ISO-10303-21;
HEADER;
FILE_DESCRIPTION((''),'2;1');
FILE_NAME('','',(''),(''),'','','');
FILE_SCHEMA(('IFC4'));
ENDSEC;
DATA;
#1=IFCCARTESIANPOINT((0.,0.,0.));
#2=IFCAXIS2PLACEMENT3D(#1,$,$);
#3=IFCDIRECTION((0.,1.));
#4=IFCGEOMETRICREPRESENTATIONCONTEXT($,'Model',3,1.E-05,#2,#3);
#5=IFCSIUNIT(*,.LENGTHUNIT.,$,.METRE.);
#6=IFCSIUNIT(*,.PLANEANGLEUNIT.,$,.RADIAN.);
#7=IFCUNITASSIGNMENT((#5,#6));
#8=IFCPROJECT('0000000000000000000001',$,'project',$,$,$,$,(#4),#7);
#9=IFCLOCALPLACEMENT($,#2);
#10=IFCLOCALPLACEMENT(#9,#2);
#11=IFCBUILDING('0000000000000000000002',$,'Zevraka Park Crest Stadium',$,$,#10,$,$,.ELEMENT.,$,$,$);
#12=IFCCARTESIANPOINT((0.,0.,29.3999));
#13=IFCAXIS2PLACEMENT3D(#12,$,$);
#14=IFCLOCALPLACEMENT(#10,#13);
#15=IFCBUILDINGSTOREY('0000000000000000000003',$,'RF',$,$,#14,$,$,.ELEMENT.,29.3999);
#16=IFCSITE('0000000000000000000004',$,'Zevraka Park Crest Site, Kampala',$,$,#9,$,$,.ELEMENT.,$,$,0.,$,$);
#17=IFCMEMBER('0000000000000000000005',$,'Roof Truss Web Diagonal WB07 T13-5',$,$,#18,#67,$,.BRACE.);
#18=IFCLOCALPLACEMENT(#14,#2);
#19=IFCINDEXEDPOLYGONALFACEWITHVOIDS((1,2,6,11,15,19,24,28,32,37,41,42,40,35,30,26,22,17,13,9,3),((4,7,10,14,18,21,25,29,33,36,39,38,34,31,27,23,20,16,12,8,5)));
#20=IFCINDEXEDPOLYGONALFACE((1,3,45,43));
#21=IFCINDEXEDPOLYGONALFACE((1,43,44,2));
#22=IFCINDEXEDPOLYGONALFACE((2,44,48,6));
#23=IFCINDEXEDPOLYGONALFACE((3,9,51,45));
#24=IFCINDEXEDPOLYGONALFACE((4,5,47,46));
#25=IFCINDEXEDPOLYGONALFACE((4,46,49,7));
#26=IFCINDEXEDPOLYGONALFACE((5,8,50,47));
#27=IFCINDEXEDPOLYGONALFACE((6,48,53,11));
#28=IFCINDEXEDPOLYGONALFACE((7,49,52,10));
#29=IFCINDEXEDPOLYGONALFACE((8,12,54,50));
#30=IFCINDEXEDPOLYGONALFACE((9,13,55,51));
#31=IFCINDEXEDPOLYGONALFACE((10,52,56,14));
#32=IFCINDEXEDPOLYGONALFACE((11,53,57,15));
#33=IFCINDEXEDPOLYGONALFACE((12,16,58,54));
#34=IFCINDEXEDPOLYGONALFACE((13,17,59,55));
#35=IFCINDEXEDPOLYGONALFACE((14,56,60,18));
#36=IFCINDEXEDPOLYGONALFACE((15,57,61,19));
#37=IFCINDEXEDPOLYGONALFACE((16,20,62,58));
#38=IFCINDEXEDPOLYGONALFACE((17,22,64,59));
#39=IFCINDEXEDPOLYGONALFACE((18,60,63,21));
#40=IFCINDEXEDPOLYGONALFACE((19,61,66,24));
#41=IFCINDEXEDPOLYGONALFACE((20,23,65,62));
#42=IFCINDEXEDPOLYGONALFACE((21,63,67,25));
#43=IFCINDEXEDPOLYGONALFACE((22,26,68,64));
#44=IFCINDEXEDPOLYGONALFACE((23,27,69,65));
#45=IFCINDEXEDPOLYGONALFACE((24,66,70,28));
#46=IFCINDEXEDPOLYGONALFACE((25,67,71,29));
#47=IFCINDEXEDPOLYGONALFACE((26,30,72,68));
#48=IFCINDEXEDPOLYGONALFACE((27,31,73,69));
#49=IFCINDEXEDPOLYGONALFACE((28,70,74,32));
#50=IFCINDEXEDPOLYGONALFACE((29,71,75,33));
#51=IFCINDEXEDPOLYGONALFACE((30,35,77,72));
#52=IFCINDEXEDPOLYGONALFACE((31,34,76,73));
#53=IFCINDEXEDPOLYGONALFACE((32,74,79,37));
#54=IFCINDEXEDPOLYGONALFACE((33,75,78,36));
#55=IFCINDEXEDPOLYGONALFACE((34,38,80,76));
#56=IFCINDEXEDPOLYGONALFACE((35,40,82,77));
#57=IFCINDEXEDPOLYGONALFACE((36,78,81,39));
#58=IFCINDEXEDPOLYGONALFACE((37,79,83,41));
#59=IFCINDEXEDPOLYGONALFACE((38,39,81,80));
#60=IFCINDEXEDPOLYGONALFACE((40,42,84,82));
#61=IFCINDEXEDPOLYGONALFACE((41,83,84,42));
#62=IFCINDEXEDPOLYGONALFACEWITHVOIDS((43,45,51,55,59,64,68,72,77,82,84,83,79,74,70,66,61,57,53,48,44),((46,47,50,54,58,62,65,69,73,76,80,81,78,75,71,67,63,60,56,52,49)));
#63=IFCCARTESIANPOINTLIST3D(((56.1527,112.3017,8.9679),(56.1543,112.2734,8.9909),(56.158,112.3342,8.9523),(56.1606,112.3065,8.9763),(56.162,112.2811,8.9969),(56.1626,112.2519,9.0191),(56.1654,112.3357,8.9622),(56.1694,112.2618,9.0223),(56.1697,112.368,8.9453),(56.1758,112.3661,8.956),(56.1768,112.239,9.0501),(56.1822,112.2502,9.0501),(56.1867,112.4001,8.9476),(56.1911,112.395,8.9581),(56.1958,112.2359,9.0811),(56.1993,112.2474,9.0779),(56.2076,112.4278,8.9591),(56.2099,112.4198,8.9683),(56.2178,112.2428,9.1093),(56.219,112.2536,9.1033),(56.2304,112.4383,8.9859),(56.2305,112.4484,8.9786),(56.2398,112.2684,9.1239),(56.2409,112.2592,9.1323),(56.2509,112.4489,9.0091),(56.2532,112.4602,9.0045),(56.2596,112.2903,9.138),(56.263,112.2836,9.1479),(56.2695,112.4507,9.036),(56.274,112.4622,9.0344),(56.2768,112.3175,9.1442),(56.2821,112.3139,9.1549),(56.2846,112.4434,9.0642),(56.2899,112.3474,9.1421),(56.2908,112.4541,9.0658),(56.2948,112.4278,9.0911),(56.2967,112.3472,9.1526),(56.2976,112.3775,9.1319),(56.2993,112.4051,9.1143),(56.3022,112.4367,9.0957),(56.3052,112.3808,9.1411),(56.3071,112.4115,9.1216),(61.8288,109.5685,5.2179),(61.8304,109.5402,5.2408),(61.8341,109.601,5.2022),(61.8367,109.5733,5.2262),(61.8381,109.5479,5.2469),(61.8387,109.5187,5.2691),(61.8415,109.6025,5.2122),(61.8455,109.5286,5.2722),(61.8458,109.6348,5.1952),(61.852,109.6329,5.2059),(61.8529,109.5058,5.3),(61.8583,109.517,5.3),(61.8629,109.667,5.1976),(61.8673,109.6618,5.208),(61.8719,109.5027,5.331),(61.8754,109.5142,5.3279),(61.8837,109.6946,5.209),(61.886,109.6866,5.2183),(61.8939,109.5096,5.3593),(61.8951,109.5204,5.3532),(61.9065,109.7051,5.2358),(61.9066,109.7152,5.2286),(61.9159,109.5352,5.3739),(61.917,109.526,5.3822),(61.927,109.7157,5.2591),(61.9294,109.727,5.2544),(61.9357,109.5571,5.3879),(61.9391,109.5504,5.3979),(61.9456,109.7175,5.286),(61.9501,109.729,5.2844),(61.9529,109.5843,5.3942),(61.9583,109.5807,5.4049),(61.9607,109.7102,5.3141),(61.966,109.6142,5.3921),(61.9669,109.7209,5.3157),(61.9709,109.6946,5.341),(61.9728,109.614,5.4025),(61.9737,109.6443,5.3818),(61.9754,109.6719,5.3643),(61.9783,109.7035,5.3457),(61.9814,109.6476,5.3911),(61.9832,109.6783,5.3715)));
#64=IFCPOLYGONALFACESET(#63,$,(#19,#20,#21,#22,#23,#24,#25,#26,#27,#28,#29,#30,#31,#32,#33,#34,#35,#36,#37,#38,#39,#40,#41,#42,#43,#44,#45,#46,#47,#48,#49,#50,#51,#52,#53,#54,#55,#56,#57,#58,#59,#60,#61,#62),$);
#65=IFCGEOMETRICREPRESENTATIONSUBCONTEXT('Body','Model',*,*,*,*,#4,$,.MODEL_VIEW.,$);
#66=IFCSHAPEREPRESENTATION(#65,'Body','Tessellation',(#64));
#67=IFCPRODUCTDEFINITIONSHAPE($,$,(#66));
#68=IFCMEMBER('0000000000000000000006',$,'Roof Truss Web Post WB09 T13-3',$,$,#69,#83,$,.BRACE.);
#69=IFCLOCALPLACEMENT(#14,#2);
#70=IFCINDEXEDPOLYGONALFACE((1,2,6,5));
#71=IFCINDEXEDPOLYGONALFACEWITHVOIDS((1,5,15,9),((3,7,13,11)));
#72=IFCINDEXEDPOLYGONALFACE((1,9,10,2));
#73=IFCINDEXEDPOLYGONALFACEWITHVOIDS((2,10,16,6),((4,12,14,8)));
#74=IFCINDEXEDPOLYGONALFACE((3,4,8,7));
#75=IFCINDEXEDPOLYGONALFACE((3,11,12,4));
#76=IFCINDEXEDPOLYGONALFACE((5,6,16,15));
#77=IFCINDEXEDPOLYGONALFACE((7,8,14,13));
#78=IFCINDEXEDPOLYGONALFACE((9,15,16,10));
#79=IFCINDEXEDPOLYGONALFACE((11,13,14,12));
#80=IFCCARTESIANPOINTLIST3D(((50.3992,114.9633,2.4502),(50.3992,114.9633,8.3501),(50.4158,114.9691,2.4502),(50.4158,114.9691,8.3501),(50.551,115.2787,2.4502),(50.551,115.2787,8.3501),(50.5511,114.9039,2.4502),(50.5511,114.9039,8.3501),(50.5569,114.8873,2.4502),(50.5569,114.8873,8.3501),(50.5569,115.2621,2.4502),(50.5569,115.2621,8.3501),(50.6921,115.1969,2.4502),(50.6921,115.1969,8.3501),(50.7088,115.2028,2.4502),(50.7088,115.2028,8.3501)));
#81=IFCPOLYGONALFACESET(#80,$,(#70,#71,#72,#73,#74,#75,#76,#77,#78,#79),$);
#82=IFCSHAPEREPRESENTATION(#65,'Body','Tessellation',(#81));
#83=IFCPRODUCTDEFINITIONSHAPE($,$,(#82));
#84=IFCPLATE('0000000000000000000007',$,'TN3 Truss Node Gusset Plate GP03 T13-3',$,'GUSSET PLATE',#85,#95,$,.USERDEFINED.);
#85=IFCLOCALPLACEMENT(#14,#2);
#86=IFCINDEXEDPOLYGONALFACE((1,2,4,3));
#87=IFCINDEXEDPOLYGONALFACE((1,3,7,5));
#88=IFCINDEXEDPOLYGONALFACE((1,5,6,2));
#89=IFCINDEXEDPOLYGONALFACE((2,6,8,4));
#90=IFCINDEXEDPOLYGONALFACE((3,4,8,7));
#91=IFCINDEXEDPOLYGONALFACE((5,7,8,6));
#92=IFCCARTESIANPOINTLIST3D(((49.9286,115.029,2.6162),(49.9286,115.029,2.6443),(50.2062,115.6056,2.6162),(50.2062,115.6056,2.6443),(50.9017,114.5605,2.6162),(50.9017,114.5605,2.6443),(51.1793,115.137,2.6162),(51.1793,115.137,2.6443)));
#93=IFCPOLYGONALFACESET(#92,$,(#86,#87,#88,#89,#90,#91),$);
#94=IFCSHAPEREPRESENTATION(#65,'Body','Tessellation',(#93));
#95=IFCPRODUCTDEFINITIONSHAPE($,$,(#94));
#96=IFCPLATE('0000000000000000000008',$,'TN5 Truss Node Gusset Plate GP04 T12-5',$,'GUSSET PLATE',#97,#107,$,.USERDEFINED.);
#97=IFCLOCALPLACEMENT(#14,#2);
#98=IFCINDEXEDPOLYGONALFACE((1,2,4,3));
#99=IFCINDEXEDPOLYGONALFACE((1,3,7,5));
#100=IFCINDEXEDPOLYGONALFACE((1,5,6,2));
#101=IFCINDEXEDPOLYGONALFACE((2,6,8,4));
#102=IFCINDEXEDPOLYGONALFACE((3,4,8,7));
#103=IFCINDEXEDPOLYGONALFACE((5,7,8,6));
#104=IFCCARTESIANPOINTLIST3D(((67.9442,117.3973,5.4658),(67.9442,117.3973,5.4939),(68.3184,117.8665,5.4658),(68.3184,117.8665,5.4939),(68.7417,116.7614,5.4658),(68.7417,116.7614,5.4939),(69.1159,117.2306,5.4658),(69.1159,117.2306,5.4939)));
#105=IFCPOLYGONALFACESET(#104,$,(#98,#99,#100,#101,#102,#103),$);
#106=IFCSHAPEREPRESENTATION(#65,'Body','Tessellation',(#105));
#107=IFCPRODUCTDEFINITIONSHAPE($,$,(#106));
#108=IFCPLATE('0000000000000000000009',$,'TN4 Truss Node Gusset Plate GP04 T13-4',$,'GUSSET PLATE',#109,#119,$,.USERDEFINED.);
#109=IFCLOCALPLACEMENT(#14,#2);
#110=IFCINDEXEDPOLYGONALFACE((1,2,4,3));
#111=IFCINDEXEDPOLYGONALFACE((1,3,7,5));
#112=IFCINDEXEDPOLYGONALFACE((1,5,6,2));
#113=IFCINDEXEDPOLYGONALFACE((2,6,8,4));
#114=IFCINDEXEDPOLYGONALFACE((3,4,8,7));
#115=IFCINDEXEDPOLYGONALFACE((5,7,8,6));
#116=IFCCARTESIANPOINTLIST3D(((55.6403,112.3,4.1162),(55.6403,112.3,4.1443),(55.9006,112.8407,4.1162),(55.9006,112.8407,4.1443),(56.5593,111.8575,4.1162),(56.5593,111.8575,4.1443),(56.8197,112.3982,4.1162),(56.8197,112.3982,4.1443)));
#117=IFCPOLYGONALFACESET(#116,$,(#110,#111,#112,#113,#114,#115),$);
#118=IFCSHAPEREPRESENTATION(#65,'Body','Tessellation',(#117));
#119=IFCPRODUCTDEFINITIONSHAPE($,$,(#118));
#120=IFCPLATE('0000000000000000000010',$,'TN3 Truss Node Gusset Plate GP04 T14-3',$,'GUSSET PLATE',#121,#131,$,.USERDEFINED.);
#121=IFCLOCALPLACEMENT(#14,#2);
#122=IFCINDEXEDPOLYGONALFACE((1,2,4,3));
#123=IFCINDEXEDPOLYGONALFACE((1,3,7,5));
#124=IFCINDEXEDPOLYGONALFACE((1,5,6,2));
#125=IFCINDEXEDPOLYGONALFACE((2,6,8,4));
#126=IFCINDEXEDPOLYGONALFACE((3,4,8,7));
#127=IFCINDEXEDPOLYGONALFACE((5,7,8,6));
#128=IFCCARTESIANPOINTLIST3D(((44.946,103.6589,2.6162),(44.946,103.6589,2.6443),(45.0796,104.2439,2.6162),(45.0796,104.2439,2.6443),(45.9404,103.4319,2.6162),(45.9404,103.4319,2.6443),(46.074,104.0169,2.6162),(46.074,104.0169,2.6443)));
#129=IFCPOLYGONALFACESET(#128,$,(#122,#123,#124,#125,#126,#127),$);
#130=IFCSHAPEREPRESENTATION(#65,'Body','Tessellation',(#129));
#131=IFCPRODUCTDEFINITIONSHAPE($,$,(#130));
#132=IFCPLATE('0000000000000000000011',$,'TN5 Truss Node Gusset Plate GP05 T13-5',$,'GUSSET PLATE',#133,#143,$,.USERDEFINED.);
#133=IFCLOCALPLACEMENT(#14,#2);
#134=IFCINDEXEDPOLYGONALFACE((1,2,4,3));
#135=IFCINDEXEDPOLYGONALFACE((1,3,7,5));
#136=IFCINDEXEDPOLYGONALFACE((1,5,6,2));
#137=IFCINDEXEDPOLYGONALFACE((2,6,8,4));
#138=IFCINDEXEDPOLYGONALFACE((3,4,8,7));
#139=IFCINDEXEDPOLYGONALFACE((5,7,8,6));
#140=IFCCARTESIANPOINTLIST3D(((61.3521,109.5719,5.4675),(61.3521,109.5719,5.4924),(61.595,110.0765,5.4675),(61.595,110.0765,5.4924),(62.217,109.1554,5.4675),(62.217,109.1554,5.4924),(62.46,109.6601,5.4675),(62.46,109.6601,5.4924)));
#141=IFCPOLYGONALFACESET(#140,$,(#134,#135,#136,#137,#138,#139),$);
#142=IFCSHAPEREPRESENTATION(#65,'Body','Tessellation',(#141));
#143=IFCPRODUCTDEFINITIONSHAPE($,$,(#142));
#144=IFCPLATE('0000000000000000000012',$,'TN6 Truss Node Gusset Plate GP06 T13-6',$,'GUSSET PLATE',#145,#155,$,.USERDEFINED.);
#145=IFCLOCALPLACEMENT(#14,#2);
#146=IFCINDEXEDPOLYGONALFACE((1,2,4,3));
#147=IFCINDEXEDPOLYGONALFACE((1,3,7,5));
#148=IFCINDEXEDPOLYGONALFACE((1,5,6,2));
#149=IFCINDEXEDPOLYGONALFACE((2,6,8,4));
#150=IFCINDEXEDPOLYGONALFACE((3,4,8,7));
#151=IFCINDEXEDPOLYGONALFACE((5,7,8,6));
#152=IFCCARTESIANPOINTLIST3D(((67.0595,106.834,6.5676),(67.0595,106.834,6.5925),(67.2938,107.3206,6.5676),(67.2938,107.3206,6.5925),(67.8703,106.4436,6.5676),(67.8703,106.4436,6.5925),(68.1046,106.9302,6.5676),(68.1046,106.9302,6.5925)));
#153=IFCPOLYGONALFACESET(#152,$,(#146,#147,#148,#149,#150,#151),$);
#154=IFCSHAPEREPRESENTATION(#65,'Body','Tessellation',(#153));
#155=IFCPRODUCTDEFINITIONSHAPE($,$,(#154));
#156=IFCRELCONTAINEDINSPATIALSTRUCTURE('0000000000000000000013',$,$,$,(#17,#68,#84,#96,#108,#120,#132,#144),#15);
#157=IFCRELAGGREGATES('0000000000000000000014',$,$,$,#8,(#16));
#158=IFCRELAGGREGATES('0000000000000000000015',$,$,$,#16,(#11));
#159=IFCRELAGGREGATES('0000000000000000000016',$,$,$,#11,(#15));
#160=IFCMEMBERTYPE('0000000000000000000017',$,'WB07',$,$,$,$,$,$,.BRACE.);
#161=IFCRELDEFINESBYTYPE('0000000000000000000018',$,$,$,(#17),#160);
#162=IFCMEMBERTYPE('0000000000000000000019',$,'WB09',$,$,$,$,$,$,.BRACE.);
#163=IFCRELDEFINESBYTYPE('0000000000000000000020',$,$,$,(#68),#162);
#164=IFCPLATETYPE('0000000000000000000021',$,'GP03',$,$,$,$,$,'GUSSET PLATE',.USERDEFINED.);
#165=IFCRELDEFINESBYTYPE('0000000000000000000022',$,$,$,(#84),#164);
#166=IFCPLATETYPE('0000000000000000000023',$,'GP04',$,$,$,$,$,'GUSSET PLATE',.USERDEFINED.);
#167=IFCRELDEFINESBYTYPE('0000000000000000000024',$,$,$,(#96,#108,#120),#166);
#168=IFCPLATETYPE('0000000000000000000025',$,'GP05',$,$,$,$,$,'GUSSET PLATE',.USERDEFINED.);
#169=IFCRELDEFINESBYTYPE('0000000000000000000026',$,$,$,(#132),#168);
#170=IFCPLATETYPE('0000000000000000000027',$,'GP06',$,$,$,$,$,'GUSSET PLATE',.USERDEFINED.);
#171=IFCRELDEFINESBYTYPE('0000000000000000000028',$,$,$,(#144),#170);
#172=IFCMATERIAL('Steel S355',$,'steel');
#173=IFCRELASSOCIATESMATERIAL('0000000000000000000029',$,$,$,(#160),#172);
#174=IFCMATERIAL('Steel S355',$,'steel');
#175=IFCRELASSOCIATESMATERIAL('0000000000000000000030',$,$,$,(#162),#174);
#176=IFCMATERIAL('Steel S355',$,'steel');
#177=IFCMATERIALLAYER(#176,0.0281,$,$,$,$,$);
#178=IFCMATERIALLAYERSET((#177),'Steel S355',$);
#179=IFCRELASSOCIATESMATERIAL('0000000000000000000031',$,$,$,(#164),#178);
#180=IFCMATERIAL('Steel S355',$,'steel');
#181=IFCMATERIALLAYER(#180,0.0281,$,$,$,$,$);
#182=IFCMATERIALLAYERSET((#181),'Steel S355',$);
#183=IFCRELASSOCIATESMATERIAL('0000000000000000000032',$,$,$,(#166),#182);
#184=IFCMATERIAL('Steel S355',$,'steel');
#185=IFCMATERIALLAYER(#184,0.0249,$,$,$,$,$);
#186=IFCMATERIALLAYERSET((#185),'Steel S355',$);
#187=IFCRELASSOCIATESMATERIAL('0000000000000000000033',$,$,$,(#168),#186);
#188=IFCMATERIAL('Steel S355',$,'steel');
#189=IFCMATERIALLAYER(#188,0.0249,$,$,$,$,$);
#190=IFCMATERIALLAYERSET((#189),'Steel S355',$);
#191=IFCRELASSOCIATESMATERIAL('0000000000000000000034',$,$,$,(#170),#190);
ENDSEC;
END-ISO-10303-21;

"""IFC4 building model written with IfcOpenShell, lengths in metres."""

from ifc_helpers import new_model, si_unit, direction, frame, origin, origin_2d, place, context, subcontext, project, spatial, rectangle, hollow_rectangle, hollow_circle, extrude, material, layer, layer_set, material_profile, profile_set, type_object, element, save


model = new_model("IFC4")

# Units and contexts
model_context = context("Model", 3, precision=1e-05, world=origin(), true_north=direction((0.0, 1.0)))
body_context = subcontext(model_context, "Body", "Model", "MODEL_VIEW")
ifc_project = project(units=[si_unit("LENGTHUNIT", "METRE"), si_unit("PLANEANGLEUNIT", "RADIAN")], contexts=[model_context])

# Site, building, storey
site_placement = place(None, origin())
site = spatial("IfcSite", under=ifc_project, at=site_placement, Name="Zevraka Park Crest Site, Kampala", CompositionType="ELEMENT", RefElevation=0.0)
building_placement = place(site_placement, origin())
building = spatial("IfcBuilding", under=site, at=building_placement, Name="Zevraka Park Crest Stadium", CompositionType="ELEMENT")
storey_placement = place(building_placement, frame((0.0, 0.0, 29.3999)))
storey = spatial("IfcBuildingStorey", under=building, at=storey_placement, Name="RF", CompositionType="ELEMENT", Elevation=29.3999)

# Members
ifc_material_1 = material(Name="Steel S355", Category="steel")
ifc_material_profile_1 = material_profile(ifc_material_1, hollow_circle(Radius=0.1223, WallThickness=0.0125, at=origin_2d()), Name="CHS 244.5x12.5")
ifc_profile_set_1 = profile_set([ifc_material_profile_1], Name="Steel S355")
member_type_1 = type_object("IfcMemberType", Name="WB07", PredefinedType="BRACE", material=ifc_profile_set_1)
member_1_placement = place(storey_placement, frame((61.906, 109.616, 5.3), z_axis=(-0.774204, 0.3728, 0.511496), x_axis=(-0.433848, -0.900986, 0.0)))
element("IfcMember", 1, at=member_1_placement, inside=storey, type_object=member_type_1, Name="Roof Truss Web Diagonal WB07 T13-5", PredefinedType="BRACE", context=body_context, shape_type="SweptSolid", body=[
    extrude(hollow_circle(Radius=0.1223, WallThickness=0.0125, at=origin_2d()), origin(), (0.0, 0.0, 1.0), 7.3315),
])
ifc_material_2 = material(Name="Steel S355", Category="steel")
ifc_material_profile_2 = material_profile(ifc_material_2, hollow_rectangle(XDim=0.175, YDim=0.3501, WallThickness=0.0125, at=origin_2d()), Name="RHS 350x175x12.5")
ifc_profile_set_2 = profile_set([ifc_material_profile_2], Name="Steel S355")
member_type_2 = type_object("IfcMemberType", Name="WB09", PredefinedType="BRACE", material=ifc_profile_set_2)
member_2_placement = place(storey_placement, frame((50.554, 115.083, 2.4502), z_axis=(0.0, 0.0, 1.0), x_axis=(-0.901001, 0.433816, 0.0)))
element("IfcMember", 2, at=member_2_placement, inside=storey, type_object=member_type_2, Name="Roof Truss Web Post WB09 T13-3", PredefinedType="BRACE", context=body_context, shape_type="SweptSolid", body=[
    extrude(hollow_rectangle(XDim=0.175, YDim=0.3501, WallThickness=0.0125, at=origin_2d()), origin(), (0.0, 0.0, 1.0), 5.8999),
])

# Plates
ifc_material_3 = material(Name="Steel S355", Category="steel")
ifc_layer_1 = layer(ifc_material_3, 0.0281)
ifc_layer_set_1 = layer_set([ifc_layer_1], Name="Steel S355")
plate_type_1 = type_object("IfcPlateType", Name="GP03", ElementType="GUSSET PLATE", PredefinedType="USERDEFINED", material=ifc_layer_set_1)
plate_1_placement = place(storey_placement, frame((50.554, 115.083, 2.6162), z_axis=(0.0, 0.0, 1.0), x_axis=(-0.901001, 0.433816, 0.0)))
element("IfcPlate", 3, at=plate_1_placement, inside=storey, type_object=plate_type_1, Name="TN3 Truss Node Gusset Plate GP03 T13-3", ObjectType="GUSSET PLATE", PredefinedType="USERDEFINED", context=body_context, shape_type="SweptSolid", body=[
    extrude(rectangle(XDim=1.0801, YDim=0.6399, at=origin_2d()), origin(), (0.0, 0.0, 1.0), 0.0281),
])
ifc_material_4 = material(Name="Steel S355", Category="steel")
ifc_layer_2 = layer(ifc_material_4, 0.0281)
ifc_layer_set_2 = layer_set([ifc_layer_2], Name="Steel S355")
plate_type_2 = type_object("IfcPlateType", Name="GP04", ElementType="GUSSET PLATE", PredefinedType="USERDEFINED", material=ifc_layer_set_2)
for number, where, z_axis, x_axis, name in (
    (4, (68.53, 117.314, 5.4658), (0.0, 0.0, 1.0), (-0.781847, 0.62347, 0.0), "TN5 Truss Node Gusset Plate GP04 T12-5"),
    (5, (56.23, 112.3491, 4.1162), (0.0, 0.0, 1.0), (-0.901001, 0.433816, 0.0), "TN4 Truss Node Gusset Plate GP04 T13-4"),
    (6, (45.51, 103.8379, 2.6162), (0.0, 0.0, 1.0), (-0.974917, 0.22257, 0.0), "TN3 Truss Node Gusset Plate GP04 T14-3"),
):
    element("IfcPlate", number, at=place(storey_placement, frame(where, z_axis=z_axis, x_axis=x_axis)), inside=storey, type_object=plate_type_2, Name=name, ObjectType="GUSSET PLATE", PredefinedType="USERDEFINED", context=body_context, shape_type="SweptSolid", body=[
        extrude(rectangle(XDim=1.02, YDim=0.6001, at=origin_2d()), origin(), (0.0, 0.0, 1.0), 0.0281),
    ])
ifc_material_5 = material(Name="Steel S355", Category="steel")
ifc_layer_3 = layer(ifc_material_5, 0.0249)
ifc_layer_set_3 = layer_set([ifc_layer_3], Name="Steel S355")
plate_type_3 = type_object("IfcPlateType", Name="GP05", ElementType="GUSSET PLATE", PredefinedType="USERDEFINED", material=ifc_layer_set_3)
plate_2_placement = place(storey_placement, frame((61.906, 109.616, 5.4675), z_axis=(0.0, 0.0, 1.0), x_axis=(-0.901001, 0.433816, 0.0)))
element("IfcPlate", 7, at=plate_2_placement, inside=storey, type_object=plate_type_3, Name="TN5 Truss Node Gusset Plate GP05 T13-5", ObjectType="GUSSET PLATE", PredefinedType="USERDEFINED", context=body_context, shape_type="SweptSolid", body=[
    extrude(rectangle(XDim=0.96, YDim=0.5601, at=origin_2d()), origin(), (0.0, 0.0, 1.0), 0.0249),
])
ifc_material_6 = material(Name="Steel S355", Category="steel")
ifc_layer_4 = layer(ifc_material_6, 0.0249)
ifc_layer_set_4 = layer_set([ifc_layer_4], Name="Steel S355")
plate_type_4 = type_object("IfcPlateType", Name="GP06", ElementType="GUSSET PLATE", PredefinedType="USERDEFINED", material=ifc_layer_set_4)
plate_3_placement = place(storey_placement, frame((67.582, 106.8821, 6.5676), z_axis=(0.0, 0.0, 1.0), x_axis=(-0.901001, 0.433816, 0.0)))
element("IfcPlate", 8, at=plate_3_placement, inside=storey, type_object=plate_type_4, Name="TN6 Truss Node Gusset Plate GP06 T13-6", ObjectType="GUSSET PLATE", PredefinedType="USERDEFINED", context=body_context, shape_type="SweptSolid", body=[
    extrude(rectangle(XDim=0.8999, YDim=0.54, at=origin_2d()), origin(), (0.0, 0.0, 1.0), 0.0249),
])

save(model, "model.ifc")
